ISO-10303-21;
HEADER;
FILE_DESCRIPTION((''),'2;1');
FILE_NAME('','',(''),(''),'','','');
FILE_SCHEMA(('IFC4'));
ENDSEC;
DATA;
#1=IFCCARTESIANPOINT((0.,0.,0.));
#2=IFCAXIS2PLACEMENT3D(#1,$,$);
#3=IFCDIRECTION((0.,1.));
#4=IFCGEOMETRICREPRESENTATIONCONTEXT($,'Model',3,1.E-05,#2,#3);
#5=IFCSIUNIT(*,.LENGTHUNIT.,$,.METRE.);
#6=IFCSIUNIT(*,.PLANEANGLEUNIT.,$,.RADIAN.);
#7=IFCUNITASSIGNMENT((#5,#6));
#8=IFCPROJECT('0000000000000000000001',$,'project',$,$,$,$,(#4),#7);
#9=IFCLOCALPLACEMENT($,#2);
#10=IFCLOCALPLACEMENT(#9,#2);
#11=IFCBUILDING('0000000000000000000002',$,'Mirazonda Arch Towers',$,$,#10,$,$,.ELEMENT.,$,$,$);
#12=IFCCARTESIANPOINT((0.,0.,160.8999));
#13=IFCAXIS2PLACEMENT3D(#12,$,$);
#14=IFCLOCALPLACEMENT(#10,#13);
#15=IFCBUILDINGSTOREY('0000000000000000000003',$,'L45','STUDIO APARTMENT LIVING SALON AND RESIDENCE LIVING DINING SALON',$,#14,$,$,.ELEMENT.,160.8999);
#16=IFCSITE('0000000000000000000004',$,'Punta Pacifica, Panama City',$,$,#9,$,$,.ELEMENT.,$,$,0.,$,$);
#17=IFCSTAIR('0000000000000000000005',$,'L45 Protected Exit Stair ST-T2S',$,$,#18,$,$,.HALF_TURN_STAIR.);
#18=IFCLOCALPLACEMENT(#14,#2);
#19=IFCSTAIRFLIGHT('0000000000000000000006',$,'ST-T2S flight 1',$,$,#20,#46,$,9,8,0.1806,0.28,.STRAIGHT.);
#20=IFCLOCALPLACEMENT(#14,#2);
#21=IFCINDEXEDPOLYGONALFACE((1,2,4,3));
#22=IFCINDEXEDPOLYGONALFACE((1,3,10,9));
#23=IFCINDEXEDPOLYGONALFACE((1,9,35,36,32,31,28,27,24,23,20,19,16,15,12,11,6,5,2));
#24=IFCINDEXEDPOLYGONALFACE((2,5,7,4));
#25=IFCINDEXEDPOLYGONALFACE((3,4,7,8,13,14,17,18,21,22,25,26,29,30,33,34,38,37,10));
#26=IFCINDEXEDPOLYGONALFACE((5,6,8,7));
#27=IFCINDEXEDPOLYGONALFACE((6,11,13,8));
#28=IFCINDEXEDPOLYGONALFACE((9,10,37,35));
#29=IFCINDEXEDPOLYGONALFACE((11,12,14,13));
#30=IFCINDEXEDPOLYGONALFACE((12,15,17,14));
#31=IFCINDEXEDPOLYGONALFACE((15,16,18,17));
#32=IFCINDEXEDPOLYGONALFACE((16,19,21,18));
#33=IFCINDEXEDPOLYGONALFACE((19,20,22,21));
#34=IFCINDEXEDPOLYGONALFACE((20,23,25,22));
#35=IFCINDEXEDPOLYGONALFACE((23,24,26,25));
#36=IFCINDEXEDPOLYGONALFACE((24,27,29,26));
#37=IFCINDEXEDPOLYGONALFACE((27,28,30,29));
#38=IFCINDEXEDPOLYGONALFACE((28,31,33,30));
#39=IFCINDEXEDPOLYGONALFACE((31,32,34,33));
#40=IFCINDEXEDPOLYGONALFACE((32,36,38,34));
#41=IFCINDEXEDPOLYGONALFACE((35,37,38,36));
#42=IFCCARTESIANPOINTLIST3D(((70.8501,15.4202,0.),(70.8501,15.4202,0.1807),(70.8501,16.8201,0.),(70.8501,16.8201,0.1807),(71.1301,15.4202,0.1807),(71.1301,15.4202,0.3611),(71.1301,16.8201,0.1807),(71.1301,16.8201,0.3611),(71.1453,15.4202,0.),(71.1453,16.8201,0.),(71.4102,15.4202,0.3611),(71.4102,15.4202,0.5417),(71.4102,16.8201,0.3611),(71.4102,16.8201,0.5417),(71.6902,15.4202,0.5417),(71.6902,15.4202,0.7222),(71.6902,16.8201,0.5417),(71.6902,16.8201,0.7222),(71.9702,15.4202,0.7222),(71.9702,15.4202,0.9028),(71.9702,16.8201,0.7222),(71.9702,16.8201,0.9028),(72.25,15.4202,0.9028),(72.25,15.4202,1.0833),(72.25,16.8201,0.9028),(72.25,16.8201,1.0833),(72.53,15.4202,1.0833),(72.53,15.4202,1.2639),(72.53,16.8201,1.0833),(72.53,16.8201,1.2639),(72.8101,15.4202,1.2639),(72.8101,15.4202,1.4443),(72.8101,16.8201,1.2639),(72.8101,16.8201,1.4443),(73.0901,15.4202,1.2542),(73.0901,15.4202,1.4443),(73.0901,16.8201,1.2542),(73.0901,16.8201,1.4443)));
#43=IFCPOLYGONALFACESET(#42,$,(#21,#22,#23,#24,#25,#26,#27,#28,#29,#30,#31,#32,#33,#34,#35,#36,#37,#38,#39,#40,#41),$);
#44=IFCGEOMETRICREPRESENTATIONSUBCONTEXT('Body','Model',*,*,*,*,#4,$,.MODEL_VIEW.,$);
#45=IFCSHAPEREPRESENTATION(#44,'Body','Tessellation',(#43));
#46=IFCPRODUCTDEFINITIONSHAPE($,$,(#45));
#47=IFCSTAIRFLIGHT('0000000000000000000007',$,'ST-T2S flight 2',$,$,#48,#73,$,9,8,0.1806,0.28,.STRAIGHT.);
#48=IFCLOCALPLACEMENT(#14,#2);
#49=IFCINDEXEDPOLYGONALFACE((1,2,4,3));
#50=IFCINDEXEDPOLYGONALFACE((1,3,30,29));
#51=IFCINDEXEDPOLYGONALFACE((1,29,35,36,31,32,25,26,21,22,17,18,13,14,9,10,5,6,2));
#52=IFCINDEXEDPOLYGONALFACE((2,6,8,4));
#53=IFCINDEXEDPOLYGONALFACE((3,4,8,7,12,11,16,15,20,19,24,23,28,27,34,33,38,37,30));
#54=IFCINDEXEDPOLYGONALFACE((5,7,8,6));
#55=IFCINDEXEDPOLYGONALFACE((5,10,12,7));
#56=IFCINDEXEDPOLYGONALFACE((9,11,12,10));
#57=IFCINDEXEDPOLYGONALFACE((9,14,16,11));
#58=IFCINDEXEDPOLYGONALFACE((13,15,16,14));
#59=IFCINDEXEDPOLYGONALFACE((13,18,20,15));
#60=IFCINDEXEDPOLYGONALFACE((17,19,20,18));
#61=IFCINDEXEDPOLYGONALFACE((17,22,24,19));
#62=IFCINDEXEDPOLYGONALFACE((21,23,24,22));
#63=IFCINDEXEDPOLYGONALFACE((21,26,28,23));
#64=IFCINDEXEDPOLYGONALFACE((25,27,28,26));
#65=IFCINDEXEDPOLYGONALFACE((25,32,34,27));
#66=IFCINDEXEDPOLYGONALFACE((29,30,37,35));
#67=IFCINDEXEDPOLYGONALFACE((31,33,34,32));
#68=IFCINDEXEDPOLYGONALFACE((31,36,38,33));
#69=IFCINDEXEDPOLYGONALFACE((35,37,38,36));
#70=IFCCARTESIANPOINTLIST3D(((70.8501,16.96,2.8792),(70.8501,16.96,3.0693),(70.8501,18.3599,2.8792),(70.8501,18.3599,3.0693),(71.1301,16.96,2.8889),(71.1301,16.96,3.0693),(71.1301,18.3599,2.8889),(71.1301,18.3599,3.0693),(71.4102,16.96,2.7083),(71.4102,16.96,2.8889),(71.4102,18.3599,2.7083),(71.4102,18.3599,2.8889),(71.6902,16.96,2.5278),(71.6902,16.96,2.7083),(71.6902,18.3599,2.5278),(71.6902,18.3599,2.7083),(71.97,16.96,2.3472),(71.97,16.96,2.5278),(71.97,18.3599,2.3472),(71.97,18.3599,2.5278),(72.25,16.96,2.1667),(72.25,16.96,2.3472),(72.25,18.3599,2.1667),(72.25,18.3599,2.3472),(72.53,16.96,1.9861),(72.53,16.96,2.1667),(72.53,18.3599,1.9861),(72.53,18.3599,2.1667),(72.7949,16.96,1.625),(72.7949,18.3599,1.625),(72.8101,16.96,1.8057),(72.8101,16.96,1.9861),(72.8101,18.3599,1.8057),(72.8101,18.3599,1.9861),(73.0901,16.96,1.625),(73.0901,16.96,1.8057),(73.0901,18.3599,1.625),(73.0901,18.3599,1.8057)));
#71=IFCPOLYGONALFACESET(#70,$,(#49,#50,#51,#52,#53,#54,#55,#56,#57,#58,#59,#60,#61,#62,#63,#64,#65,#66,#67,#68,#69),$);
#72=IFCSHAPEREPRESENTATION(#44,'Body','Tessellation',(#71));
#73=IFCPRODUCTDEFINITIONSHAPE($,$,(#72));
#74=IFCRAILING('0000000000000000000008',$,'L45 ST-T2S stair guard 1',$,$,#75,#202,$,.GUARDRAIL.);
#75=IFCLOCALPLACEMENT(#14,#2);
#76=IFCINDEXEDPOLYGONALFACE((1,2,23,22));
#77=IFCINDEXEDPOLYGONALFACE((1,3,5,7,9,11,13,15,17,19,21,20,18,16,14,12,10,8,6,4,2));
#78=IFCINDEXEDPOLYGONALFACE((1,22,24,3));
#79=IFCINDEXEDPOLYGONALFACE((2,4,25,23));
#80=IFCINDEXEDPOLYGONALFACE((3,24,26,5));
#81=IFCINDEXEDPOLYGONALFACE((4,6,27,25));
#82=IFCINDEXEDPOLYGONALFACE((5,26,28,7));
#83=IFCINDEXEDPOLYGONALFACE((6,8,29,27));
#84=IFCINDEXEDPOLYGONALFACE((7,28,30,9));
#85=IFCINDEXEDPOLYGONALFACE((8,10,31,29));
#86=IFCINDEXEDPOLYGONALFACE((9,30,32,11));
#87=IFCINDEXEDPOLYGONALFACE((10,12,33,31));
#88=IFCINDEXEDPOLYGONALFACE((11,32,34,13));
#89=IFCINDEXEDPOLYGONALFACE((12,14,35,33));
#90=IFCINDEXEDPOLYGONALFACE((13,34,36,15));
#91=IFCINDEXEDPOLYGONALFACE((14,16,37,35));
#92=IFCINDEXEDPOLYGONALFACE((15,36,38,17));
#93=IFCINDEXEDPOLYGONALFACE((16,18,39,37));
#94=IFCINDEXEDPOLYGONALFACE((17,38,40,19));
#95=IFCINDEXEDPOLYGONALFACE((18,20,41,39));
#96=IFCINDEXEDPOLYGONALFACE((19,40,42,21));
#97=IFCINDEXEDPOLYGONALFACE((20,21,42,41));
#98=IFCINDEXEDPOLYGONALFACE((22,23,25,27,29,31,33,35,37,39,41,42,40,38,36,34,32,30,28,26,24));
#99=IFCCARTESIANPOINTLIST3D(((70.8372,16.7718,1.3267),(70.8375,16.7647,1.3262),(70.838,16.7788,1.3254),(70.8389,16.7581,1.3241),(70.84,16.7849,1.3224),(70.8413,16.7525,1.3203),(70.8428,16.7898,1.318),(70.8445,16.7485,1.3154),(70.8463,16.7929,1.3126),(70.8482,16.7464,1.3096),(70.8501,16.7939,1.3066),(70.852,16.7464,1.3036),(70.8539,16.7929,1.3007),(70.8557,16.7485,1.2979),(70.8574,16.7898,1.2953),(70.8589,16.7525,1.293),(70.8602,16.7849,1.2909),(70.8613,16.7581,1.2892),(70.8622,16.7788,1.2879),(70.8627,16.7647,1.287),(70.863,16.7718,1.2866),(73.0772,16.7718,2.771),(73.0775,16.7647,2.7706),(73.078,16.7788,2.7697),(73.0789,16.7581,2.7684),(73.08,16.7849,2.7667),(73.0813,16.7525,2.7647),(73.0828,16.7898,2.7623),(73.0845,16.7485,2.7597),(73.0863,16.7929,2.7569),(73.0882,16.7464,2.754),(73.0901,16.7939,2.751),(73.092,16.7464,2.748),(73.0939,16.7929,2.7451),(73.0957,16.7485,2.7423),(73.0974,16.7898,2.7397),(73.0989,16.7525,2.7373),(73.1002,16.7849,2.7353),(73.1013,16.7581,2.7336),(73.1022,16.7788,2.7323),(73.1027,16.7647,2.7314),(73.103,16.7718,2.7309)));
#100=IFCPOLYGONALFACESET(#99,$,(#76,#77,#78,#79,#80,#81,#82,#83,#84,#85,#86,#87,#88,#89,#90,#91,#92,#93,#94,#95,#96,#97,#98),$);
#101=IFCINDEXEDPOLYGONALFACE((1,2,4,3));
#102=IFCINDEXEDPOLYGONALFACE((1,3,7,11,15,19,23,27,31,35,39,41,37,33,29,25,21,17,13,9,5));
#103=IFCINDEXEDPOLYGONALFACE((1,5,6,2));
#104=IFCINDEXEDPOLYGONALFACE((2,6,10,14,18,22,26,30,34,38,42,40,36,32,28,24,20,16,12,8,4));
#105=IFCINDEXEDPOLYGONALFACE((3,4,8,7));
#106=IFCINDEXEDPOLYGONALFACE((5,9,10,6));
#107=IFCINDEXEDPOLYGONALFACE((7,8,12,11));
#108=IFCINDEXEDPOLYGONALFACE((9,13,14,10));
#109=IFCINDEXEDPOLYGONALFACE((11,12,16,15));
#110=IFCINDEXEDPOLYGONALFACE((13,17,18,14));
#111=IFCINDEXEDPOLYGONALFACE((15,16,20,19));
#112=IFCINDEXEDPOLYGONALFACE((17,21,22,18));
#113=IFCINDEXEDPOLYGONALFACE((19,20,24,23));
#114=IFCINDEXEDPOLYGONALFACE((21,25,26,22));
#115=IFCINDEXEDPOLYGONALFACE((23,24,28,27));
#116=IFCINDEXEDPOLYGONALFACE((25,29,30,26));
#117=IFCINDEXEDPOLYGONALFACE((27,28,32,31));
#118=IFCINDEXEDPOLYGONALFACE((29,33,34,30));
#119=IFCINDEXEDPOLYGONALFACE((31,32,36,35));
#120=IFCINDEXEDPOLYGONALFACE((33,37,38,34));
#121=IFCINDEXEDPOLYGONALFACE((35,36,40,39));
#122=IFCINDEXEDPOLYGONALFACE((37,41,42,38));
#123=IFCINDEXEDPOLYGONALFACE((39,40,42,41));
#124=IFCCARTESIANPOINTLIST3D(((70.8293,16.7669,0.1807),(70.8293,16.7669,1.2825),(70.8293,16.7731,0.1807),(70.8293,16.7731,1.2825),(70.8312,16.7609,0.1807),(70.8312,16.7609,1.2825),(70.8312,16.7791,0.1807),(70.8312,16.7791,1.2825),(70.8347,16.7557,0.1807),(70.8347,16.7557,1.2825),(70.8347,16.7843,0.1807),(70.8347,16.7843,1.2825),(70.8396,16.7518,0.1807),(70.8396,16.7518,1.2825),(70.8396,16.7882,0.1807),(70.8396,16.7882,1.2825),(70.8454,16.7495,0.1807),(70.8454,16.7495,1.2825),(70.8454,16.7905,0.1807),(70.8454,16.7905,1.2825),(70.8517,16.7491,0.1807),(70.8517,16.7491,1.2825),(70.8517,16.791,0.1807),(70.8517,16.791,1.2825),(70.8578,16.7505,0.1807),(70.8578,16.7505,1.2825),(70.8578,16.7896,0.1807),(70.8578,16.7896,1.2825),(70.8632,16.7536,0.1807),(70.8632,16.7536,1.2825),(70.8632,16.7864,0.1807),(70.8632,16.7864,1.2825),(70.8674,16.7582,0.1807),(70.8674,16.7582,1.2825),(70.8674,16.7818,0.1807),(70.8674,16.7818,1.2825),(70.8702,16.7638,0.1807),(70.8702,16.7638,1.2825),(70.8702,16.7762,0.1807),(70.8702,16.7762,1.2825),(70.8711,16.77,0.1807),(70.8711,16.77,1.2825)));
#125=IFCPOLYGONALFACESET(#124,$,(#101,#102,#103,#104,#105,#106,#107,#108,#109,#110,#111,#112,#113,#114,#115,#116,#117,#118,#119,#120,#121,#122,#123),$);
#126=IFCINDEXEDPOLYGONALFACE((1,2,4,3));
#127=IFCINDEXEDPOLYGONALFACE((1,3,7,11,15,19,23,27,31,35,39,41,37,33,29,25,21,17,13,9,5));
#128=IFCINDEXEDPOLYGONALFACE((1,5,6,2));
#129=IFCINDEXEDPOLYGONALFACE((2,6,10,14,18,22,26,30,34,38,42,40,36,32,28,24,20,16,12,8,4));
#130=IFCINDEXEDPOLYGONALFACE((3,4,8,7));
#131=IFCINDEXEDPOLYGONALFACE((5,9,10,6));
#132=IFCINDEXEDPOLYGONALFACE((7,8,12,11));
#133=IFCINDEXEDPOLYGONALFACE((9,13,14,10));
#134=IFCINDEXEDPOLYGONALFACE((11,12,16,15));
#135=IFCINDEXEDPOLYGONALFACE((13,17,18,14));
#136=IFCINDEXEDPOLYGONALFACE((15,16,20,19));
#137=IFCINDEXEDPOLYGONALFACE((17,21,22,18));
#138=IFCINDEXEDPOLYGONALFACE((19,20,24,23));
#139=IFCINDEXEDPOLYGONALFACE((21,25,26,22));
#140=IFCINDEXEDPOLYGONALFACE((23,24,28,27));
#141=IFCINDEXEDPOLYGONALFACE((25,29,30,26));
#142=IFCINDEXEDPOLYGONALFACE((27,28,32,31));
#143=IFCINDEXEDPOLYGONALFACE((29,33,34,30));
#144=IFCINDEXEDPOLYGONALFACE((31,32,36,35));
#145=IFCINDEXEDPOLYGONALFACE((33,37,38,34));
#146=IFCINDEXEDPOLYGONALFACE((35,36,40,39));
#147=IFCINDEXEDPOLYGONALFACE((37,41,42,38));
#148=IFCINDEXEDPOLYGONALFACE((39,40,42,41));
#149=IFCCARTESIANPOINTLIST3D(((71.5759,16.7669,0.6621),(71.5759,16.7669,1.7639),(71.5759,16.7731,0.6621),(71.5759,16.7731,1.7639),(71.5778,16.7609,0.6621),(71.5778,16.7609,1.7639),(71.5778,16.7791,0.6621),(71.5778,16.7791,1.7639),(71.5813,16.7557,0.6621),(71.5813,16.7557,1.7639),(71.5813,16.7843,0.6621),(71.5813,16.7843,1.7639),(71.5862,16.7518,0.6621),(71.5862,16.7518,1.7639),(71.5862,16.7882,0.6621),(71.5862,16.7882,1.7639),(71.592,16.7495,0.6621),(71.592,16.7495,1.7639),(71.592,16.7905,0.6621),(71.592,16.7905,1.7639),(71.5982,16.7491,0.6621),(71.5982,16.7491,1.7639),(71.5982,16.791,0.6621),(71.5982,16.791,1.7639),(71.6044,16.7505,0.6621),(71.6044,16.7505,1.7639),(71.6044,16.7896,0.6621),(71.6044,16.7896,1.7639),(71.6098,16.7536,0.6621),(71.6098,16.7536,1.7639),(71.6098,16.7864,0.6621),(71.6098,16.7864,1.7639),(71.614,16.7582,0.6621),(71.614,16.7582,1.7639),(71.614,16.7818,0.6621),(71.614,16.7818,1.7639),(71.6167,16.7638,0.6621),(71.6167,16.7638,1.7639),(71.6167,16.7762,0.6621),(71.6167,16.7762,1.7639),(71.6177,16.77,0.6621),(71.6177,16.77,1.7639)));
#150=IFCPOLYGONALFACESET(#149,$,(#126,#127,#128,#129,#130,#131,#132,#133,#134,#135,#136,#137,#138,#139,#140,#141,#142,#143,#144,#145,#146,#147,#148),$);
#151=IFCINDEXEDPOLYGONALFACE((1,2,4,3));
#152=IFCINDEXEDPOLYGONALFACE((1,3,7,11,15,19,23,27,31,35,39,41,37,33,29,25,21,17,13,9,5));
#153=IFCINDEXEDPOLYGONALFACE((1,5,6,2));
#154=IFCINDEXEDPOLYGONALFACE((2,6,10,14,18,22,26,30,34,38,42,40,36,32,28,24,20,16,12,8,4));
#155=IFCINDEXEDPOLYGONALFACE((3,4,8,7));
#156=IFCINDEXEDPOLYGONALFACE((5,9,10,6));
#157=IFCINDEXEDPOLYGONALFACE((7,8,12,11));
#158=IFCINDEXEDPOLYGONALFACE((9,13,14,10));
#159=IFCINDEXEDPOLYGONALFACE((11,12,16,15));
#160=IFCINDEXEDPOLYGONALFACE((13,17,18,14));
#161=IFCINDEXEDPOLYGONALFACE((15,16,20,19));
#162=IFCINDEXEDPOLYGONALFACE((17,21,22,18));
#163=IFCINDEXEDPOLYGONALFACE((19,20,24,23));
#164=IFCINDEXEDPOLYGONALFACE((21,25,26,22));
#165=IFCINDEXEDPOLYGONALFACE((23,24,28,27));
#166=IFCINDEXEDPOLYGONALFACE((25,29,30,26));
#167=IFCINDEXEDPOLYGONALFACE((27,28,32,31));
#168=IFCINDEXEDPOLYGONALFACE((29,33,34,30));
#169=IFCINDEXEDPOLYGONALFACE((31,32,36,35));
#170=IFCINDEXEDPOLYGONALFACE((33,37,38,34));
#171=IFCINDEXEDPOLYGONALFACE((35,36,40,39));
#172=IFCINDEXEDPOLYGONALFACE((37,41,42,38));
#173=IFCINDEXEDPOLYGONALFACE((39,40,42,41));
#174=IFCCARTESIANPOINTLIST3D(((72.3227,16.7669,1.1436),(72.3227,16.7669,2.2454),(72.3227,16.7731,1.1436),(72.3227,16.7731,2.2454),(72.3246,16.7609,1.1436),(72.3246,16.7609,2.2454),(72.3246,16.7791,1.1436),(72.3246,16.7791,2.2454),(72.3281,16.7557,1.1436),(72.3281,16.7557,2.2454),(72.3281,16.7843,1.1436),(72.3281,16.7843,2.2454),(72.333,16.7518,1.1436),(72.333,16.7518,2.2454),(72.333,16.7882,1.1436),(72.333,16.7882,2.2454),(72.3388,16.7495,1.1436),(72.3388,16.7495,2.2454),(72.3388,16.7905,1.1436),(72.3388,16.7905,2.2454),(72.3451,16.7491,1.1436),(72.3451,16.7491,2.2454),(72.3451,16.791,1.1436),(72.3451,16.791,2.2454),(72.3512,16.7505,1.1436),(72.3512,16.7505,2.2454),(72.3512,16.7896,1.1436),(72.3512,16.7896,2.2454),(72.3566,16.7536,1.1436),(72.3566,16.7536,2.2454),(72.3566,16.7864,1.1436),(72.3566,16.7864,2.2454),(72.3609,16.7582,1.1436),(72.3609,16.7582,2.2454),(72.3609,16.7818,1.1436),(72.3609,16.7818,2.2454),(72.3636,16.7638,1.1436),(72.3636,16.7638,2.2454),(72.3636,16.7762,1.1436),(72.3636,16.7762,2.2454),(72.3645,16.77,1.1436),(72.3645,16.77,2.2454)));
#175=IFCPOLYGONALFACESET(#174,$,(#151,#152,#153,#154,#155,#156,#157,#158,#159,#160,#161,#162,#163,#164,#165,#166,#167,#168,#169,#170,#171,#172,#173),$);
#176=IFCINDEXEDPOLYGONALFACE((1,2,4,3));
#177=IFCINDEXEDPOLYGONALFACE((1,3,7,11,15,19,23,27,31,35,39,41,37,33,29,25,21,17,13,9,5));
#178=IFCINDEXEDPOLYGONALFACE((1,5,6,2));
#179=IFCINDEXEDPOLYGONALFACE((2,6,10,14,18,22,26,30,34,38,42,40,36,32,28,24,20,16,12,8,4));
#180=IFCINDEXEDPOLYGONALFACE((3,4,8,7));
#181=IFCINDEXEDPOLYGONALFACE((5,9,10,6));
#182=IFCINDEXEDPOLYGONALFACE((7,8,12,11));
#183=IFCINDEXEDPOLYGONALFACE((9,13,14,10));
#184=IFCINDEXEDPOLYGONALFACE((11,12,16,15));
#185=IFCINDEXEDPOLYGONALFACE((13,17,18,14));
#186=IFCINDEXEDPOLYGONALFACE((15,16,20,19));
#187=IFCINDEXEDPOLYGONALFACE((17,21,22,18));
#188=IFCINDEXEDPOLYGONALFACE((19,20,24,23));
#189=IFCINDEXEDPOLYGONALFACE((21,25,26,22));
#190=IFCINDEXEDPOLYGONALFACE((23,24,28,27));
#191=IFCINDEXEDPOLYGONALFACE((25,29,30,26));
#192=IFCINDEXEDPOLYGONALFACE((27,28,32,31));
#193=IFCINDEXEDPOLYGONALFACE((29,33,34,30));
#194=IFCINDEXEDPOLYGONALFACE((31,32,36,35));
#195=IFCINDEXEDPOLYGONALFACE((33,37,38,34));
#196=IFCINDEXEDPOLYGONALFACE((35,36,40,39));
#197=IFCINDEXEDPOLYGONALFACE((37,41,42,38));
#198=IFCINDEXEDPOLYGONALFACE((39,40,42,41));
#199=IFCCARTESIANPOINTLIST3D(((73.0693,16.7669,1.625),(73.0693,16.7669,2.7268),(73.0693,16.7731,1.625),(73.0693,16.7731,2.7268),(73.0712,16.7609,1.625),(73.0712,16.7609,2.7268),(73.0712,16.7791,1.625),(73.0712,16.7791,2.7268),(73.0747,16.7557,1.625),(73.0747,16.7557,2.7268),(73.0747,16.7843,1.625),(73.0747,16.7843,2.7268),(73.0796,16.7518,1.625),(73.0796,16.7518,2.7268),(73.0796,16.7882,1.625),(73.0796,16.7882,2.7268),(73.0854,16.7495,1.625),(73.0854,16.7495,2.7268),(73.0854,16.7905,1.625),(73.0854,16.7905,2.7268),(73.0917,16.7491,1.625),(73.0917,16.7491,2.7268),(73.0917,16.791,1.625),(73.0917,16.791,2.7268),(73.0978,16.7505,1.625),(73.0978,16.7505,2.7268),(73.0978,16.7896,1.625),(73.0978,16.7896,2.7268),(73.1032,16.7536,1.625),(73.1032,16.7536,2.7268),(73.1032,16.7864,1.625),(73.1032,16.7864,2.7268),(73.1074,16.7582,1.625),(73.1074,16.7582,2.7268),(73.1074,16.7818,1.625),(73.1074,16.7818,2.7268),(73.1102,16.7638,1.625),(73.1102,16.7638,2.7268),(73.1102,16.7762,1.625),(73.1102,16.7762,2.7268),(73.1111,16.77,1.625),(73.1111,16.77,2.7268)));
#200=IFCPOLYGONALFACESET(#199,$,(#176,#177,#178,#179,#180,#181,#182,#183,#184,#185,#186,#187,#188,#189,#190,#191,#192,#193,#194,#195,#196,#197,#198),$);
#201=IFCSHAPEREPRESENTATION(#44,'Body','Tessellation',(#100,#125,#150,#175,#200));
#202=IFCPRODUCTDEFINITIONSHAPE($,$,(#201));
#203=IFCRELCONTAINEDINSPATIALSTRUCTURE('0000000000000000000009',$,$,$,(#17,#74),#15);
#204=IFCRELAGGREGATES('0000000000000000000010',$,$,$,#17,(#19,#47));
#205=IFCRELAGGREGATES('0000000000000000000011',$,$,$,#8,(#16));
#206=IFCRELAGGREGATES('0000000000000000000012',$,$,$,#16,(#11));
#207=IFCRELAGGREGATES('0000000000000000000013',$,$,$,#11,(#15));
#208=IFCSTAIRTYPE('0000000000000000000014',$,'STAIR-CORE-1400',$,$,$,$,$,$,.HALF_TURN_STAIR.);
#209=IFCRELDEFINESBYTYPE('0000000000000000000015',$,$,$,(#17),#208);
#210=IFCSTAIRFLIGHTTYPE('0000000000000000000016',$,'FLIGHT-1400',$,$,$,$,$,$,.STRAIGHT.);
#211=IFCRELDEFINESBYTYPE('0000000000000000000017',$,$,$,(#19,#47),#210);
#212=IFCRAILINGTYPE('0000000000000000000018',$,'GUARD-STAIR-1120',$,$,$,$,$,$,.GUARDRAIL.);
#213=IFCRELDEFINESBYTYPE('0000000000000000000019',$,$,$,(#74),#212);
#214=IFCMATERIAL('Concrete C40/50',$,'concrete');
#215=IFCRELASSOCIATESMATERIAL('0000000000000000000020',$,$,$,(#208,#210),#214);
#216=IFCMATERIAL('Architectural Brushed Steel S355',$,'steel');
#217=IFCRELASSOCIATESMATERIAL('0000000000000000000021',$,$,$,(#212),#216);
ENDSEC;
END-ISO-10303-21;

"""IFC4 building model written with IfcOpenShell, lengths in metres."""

from ifc_helpers import new_model, si_unit, direction, frame, origin, origin_2d, place, context, subcontext, project, spatial, polyline, circle, outline, extrude, material, type_object, element, aggregate, save


model = new_model("IFC4")

# Units and contexts
model_context = context("Model", 3, precision=1e-05, world=origin(), true_north=direction((0.0, 1.0)))
body_context = subcontext(model_context, "Body", "Model", "MODEL_VIEW")
ifc_project = project(units=[si_unit("LENGTHUNIT", "METRE"), si_unit("PLANEANGLEUNIT", "RADIAN")], contexts=[model_context])

# Site, building, storey
site_placement = place(None, origin())
site = spatial("IfcSite", under=ifc_project, at=site_placement, Name="Punta Pacifica, Panama City", CompositionType="ELEMENT", RefElevation=0.0)
building_placement = place(site_placement, origin())
building = spatial("IfcBuilding", under=site, at=building_placement, Name="Mirazonda Arch Towers", CompositionType="ELEMENT")
storey_placement = place(building_placement, frame((0.0, 0.0, 160.8999)))
storey = spatial("IfcBuildingStorey", under=building, at=storey_placement, Name="L45", Description="STUDIO APARTMENT LIVING SALON AND RESIDENCE LIVING DINING SALON", CompositionType="ELEMENT", Elevation=160.8999)

# Shared definitions
ifc_material_1 = material(Name="Concrete C40/50", Category="concrete")

# Stair, stair flights
stair_type = type_object("IfcStairType", Name="STAIR-CORE-1400", PredefinedType="HALF_TURN_STAIR", material=ifc_material_1)
stair_placement = place(storey_placement, origin())
stair = element("IfcStair", 1, at=stair_placement, inside=storey, type_object=stair_type, Name="L45 Protected Exit Stair ST-T2S", PredefinedType="HALF_TURN_STAIR")
stair_flight_type = type_object("IfcStairFlightType", Name="FLIGHT-1400", PredefinedType="STRAIGHT", material=ifc_material_1)
stair_flight_1_placement = place(storey_placement, frame((70.8501, 16.1201, 0.0), z_axis=(0.0, 0.0, 1.0), x_axis=(1.0, 0.0, 0.0)))
stair_flight_1 = element("IfcStairFlight", 2, at=stair_flight_1_placement, type_object=stair_flight_type, Name="ST-T2S flight 1", NumberOfRisers=9, NumberOfTreads=8, PredefinedType="STRAIGHT", RiserHeight=0.1806, TreadLength=0.28, context=body_context, shape_type="SweptSolid", body=[
    extrude(outline(polyline([(0.0, 0.0), (0.0, 0.1807), (0.28, 0.1807), (0.28, 0.3611), (0.5601, 0.3611), (0.5601, 0.5417), (0.8401, 0.5417), (0.8401, 0.7222), (1.1201, 0.7222), (1.1201, 0.9028), (1.3999, 0.9028), (1.3999, 1.0833), (1.6799, 1.0833), (1.6799, 1.2639), (1.96, 1.2639), (1.96, 1.4443), (2.24, 1.4443), (2.24, 1.625), (2.24, 1.2542), (0.2952, 0.0), (0.0, 0.0)])), frame((0.0, 0.7, 0.0), z_axis=(0.0, -1.0, 0.0), x_axis=(1.0, 0.0, 0.0)), (0.0, 0.0, 1.0), 1.3999),
])
stair_flight_2_placement = place(storey_placement, frame((73.0901, 17.6599, 1.625), z_axis=(0.0, 0.0, 1.0), x_axis=(-1.0, 0.0, 0.0)))
stair_flight_2 = element("IfcStairFlight", 3, at=stair_flight_2_placement, type_object=stair_flight_type, Name="ST-T2S flight 2", NumberOfRisers=9, NumberOfTreads=8, PredefinedType="STRAIGHT", RiserHeight=0.1806, TreadLength=0.28, context=body_context, shape_type="SweptSolid", body=[
    extrude(outline(polyline([(0.0, 0.0), (0.0, 0.1807), (0.28, 0.1807), (0.28, 0.3611), (0.5601, 0.3611), (0.5601, 0.5417), (0.8401, 0.5417), (0.8401, 0.7222), (1.1201, 0.7222), (1.1201, 0.9028), (1.3999, 0.9028), (1.3999, 1.0833), (1.6799, 1.0833), (1.6799, 1.2639), (1.96, 1.2639), (1.96, 1.4443), (2.24, 1.4443), (2.24, 1.625), (2.24, 1.2542), (0.2952, 0.0), (0.0, 0.0)])), frame((0.0, 0.7, 0.0), z_axis=(0.0, -1.0, 0.0), x_axis=(1.0, 0.0, 0.0)), (0.0, 0.0, 1.0), 1.3999),
])
aggregate(stair, [stair_flight_1, stair_flight_2])

# Railing
ifc_material_2 = material(Name="Architectural Brushed Steel S355", Category="steel")
railing_type_1 = type_object("IfcRailingType", Name="GUARD-STAIR-1120", PredefinedType="GUARDRAIL", material=ifc_material_2)
railing_1_placement = place(storey_placement, frame((70.8501, 16.77, 0.1807)))
element("IfcRailing", 4, at=railing_1_placement, inside=storey, type_object=railing_type_1, Name="L45 ST-T2S stair guard 1", PredefinedType="GUARDRAIL", context=body_context, shape_type="SweptSolid", body=[
    extrude(circle(Radius=0.0239, at=origin_2d()), frame((0.0, 0.0, 1.126), z_axis=(0.840437, 0.0, 0.54191), x_axis=(0.0, 1.0, 0.0)), (0.0, 0.0, 1.0), 2.6653),
    extrude(circle(Radius=0.021, at=origin_2d()), origin(), (0.0, 0.0, 1.0), 1.1018),
    extrude(circle(Radius=0.021, at=origin_2d()), frame((0.7466, 0.0, 0.4814)), (0.0, 0.0, 1.0), 1.1018),
    extrude(circle(Radius=0.021, at=origin_2d()), frame((1.4934, 0.0, 0.9629)), (0.0, 0.0, 1.0), 1.1018),
    extrude(circle(Radius=0.021, at=origin_2d()), frame((2.24, 0.0, 1.4443)), (0.0, 0.0, 1.0), 1.1018),
])

save(model, "model.ifc")
